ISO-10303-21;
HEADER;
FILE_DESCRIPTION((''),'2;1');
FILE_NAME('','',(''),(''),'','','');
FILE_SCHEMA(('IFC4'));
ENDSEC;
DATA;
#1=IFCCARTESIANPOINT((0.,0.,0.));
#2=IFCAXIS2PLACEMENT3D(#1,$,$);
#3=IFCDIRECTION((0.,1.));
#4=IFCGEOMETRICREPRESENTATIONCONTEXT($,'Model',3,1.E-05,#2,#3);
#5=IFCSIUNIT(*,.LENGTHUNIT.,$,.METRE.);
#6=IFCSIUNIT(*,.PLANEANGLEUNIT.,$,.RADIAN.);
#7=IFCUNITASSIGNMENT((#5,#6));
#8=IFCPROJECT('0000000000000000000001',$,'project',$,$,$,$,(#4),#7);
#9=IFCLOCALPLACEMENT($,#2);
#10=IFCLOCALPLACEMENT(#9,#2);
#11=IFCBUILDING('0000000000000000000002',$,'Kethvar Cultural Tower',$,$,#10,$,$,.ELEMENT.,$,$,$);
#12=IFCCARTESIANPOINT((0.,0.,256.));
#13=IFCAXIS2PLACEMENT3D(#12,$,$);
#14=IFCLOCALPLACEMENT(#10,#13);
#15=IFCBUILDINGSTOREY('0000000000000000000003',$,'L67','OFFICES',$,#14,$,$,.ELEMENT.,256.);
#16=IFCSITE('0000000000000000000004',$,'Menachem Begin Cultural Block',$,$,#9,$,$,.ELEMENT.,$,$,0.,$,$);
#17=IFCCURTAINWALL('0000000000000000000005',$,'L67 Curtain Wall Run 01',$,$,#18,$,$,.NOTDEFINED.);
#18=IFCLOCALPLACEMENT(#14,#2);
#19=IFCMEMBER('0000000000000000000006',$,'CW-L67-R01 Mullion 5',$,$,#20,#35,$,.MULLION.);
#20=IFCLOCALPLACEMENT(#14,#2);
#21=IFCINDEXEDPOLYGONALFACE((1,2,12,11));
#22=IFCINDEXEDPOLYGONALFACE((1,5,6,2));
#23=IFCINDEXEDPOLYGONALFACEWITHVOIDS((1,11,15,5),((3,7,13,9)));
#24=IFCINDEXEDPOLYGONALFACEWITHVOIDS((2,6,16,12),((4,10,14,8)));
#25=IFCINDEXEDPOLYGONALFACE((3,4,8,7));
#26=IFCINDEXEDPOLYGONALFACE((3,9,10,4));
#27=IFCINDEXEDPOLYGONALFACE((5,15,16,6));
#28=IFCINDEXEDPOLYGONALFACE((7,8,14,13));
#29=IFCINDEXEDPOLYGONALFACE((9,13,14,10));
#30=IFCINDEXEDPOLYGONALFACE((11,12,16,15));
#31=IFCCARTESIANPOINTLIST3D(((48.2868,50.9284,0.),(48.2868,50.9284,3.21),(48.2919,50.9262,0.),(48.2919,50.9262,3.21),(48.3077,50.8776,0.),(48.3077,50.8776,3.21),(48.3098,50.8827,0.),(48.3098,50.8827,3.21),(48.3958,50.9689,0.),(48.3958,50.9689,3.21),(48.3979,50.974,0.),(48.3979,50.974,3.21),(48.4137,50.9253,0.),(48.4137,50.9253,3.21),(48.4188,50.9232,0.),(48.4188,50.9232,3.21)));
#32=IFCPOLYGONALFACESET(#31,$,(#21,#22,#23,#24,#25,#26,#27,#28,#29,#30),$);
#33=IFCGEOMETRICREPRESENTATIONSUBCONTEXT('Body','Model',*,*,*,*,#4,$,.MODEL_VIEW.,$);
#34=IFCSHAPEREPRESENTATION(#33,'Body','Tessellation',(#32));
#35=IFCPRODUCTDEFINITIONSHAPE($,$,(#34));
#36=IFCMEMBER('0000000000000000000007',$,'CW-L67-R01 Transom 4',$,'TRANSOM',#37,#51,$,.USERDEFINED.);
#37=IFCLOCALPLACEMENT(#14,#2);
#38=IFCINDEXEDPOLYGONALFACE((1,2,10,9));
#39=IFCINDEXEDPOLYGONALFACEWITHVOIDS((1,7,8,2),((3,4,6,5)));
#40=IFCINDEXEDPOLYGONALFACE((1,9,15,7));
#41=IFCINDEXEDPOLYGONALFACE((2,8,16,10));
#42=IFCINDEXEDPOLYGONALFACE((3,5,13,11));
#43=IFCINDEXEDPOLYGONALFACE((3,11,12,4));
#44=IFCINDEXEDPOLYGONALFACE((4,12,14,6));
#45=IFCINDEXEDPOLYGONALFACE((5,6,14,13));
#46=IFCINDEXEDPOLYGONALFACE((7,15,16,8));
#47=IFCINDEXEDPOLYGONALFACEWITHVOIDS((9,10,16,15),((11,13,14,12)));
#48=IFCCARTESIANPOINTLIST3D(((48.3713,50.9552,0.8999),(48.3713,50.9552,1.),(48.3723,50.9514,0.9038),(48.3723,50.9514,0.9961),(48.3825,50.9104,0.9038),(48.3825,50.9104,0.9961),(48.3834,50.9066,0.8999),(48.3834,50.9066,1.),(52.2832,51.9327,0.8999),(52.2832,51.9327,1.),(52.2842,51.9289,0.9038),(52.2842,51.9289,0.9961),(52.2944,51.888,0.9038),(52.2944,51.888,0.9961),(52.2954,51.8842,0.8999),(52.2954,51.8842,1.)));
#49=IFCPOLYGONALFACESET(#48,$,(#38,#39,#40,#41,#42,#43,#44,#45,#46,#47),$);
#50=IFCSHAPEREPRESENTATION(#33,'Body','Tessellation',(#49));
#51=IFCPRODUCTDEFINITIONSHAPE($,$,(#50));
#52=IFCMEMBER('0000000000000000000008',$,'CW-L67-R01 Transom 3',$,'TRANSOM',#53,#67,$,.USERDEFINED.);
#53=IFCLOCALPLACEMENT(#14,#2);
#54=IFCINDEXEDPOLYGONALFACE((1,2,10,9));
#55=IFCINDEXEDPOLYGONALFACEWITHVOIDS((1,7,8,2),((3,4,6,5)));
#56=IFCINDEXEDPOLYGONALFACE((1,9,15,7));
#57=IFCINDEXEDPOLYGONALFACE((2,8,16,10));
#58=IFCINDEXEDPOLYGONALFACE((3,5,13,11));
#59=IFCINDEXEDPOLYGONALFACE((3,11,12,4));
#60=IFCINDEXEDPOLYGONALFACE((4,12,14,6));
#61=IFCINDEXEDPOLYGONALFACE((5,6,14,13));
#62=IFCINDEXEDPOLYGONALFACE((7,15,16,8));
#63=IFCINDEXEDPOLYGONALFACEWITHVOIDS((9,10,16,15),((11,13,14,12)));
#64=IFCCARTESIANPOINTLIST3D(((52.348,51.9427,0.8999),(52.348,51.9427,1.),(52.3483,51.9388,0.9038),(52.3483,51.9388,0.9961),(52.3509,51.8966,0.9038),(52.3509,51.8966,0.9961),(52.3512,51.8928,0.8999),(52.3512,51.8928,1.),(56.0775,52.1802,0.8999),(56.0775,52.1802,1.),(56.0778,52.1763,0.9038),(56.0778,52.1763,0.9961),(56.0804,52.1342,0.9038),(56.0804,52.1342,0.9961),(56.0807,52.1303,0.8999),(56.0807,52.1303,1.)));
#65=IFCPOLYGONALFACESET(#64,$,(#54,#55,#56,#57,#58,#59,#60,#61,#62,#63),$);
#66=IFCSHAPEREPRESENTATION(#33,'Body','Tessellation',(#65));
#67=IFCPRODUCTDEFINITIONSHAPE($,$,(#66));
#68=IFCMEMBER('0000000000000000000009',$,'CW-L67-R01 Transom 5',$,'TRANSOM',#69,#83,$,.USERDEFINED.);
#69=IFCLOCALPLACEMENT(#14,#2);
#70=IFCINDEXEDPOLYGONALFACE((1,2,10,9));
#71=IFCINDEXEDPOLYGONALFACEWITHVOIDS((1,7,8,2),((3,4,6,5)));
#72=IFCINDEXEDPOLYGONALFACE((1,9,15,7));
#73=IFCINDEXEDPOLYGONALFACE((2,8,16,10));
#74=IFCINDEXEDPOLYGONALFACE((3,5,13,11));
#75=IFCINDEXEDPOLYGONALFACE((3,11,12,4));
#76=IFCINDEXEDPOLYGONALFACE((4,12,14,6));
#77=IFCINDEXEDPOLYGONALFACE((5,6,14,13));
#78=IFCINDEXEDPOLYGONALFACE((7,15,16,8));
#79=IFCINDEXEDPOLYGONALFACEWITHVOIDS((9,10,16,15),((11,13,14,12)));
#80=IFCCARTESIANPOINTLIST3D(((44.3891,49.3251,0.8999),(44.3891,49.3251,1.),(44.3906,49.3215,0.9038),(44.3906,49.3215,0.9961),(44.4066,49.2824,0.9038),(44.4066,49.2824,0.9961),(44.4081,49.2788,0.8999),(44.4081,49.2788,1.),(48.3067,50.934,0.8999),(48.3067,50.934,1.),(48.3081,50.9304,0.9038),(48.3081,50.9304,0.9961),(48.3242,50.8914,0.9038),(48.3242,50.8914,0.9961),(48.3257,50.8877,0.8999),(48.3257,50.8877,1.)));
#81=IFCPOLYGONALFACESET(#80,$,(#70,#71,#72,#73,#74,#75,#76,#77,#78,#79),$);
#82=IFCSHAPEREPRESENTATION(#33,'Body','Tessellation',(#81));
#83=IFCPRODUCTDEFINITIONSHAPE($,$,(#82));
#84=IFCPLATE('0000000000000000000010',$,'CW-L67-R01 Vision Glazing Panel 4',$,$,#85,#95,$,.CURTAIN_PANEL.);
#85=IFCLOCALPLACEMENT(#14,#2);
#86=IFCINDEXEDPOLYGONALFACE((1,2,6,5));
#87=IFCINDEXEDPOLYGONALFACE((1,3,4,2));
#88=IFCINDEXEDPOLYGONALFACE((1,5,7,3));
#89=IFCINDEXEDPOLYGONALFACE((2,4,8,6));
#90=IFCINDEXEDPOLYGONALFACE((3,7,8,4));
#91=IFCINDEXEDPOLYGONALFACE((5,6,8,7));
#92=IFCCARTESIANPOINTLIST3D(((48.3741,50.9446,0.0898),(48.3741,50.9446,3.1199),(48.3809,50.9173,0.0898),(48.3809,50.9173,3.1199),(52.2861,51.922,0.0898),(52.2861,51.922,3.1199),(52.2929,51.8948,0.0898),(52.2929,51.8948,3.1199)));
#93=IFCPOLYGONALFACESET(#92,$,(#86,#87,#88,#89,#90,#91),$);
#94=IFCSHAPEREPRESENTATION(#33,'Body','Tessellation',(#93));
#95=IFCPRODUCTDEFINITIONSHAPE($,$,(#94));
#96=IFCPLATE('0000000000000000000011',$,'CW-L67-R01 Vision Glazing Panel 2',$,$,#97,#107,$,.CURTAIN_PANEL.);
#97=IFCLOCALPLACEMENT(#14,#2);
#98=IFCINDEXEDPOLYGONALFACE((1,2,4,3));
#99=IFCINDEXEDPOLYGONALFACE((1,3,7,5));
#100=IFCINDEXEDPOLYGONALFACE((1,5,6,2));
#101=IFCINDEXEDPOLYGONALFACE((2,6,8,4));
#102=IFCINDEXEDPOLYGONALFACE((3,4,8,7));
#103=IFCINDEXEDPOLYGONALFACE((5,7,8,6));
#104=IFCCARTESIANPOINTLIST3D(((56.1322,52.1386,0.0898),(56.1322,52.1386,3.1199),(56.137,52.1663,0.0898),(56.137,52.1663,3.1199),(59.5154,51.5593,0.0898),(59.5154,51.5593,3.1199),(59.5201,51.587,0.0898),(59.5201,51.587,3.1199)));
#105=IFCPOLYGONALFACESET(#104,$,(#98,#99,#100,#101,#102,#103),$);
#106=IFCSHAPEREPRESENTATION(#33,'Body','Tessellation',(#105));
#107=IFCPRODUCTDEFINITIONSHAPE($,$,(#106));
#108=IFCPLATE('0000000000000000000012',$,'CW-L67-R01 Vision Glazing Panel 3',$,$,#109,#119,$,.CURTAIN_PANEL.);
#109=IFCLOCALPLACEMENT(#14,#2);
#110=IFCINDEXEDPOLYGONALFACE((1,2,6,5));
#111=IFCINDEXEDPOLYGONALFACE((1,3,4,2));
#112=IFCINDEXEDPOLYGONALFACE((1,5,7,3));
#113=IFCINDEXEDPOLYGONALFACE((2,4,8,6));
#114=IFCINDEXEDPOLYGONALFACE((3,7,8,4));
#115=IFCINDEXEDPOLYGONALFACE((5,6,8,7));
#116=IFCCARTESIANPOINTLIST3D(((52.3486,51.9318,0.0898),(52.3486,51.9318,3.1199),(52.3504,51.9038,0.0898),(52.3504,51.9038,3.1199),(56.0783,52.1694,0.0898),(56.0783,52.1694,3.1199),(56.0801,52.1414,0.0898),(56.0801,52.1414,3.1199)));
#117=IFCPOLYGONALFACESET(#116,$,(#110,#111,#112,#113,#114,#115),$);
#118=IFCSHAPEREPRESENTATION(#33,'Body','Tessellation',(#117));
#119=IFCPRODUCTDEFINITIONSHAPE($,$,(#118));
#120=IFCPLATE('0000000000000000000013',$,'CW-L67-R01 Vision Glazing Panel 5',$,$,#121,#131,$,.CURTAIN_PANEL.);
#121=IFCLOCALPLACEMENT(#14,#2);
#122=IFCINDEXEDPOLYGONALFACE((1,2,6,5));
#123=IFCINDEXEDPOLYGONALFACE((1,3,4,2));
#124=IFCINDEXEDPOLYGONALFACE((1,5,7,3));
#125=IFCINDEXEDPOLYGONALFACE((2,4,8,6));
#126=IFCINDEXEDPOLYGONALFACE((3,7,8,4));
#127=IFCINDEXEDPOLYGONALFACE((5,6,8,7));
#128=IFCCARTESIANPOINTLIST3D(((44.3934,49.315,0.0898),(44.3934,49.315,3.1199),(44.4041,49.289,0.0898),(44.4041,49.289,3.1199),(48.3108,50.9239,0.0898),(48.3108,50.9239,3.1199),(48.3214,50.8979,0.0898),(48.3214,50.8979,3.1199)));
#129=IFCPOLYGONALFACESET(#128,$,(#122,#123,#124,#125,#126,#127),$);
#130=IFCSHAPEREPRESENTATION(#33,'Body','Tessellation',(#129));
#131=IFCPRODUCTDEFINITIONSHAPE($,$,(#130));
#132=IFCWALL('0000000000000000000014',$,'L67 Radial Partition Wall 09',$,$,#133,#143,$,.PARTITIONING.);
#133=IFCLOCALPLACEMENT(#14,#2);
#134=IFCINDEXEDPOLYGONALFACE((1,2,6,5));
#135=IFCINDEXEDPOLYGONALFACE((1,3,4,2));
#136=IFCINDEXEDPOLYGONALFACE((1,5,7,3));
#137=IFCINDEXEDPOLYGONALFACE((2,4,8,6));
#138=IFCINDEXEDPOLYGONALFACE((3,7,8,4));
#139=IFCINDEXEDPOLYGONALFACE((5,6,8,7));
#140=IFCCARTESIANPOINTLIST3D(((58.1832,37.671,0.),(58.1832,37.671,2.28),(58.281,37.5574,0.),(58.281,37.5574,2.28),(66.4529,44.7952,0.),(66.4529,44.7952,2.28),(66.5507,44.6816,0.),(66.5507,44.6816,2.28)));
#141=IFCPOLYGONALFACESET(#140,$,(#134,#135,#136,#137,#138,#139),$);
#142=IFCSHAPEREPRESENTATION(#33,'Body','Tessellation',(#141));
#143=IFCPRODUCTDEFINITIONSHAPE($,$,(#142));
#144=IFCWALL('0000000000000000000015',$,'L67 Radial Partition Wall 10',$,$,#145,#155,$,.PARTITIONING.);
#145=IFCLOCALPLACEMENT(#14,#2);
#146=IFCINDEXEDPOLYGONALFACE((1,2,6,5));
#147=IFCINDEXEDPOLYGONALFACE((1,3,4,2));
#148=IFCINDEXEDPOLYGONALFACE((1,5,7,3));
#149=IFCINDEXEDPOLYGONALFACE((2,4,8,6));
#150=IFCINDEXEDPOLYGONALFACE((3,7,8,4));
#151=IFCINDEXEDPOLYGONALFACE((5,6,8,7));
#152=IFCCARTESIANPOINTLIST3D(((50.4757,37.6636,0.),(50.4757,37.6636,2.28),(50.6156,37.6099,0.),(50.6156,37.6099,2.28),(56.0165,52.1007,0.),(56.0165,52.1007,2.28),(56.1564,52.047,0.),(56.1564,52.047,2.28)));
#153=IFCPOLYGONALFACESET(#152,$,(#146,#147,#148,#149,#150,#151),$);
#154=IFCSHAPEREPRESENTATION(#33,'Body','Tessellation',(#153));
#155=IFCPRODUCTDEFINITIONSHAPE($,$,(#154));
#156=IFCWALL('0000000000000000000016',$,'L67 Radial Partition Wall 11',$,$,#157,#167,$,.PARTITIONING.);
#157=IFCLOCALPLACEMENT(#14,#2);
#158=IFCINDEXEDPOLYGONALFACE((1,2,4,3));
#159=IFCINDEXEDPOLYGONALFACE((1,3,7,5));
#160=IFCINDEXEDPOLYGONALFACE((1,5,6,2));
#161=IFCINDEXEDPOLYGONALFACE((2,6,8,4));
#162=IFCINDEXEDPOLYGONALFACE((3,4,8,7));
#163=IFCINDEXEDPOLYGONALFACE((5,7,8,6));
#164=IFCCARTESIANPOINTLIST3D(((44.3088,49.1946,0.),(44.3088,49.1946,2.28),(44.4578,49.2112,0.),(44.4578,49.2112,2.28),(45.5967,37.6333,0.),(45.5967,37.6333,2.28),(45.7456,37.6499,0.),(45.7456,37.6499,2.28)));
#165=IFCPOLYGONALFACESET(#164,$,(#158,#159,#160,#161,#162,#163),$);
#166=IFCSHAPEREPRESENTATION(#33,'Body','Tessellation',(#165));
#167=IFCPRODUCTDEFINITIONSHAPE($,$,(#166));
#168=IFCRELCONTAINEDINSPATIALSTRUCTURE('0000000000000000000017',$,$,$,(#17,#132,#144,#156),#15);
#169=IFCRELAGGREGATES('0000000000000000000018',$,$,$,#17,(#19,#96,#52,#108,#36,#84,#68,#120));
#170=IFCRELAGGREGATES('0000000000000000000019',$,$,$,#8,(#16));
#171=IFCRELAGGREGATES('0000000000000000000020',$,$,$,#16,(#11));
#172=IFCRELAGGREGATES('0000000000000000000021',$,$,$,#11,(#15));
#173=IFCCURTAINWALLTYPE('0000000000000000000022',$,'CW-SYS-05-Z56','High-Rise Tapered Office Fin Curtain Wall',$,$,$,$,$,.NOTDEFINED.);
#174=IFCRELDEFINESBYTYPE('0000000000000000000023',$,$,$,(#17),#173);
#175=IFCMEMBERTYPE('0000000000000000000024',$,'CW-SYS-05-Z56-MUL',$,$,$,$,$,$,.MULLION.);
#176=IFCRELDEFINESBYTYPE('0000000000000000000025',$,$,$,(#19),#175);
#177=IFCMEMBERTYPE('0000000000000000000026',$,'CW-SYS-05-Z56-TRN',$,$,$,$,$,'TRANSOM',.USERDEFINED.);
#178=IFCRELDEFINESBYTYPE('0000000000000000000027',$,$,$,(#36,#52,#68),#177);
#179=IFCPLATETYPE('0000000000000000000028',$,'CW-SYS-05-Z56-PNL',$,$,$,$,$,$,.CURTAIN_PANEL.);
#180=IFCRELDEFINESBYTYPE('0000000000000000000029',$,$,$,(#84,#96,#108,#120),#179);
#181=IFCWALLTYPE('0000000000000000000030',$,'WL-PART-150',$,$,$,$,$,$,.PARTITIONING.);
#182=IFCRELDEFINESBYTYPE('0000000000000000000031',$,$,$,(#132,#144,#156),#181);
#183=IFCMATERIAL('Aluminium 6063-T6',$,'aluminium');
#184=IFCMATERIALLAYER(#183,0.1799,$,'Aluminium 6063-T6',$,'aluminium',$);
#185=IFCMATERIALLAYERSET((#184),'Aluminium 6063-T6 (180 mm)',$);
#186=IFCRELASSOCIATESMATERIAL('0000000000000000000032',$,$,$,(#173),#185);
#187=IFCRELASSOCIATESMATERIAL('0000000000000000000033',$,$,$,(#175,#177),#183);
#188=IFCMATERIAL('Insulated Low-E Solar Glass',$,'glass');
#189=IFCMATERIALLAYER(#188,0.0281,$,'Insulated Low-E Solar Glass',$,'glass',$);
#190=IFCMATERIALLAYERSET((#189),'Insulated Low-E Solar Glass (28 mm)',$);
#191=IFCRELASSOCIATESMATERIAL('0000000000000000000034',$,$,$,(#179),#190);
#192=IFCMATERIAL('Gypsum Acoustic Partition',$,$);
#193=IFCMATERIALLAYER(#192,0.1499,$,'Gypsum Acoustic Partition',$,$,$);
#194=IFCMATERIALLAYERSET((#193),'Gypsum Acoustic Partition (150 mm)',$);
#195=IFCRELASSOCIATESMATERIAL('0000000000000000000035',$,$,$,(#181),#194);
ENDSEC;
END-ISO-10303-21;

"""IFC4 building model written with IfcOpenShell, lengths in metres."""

from ifc_helpers import new_model, si_unit, direction, frame, frame_2d, origin, origin_2d, place, context, subcontext, project, spatial, rectangle, hollow_rectangle, extrude, source, transform, mapped, material, layer, layer_set, material_profile, profile_set, type_object, element, aggregate, save


model = new_model("IFC4")

# Units and contexts
model_context = context("Model", 3, precision=1e-05, world=origin(), true_north=direction((0.0, 1.0)))
body_context = subcontext(model_context, "Body", "Model", "MODEL_VIEW")
ifc_project = project(units=[si_unit("LENGTHUNIT", "METRE"), si_unit("PLANEANGLEUNIT", "RADIAN")], contexts=[model_context])

# Site, building, storey
site_placement = place(None, origin())
site = spatial("IfcSite", under=ifc_project, at=site_placement, Name="Menachem Begin Cultural Block", CompositionType="ELEMENT", RefElevation=0.0)
building_placement = place(site_placement, origin())
building = spatial("IfcBuilding", under=site, at=building_placement, Name="Kethvar Cultural Tower", CompositionType="ELEMENT")
storey_placement = place(building_placement, frame((0.0, 0.0, 256.0)))
storey = spatial("IfcBuildingStorey", under=building, at=storey_placement, Name="L67", Description="OFFICES", CompositionType="ELEMENT", Elevation=256.0)

# Curtain wall, members, plates
ifc_material_1 = material(Name="Aluminium 6063-T6", Category="aluminium")
ifc_layer_1 = layer(ifc_material_1, 0.1799, Name="Aluminium 6063-T6", Category="aluminium")
ifc_layer_set_1 = layer_set([ifc_layer_1], Name="Aluminium 6063-T6 (180 mm)")
curtain_wall_type = type_object("IfcCurtainWallType", Name="CW-SYS-05-Z56", Description="High-Rise Tapered Office Fin Curtain Wall", PredefinedType="NOTDEFINED", material=ifc_layer_set_1)
curtain_wall_placement = place(storey_placement, origin())
curtain_wall = element("IfcCurtainWall", 1, at=curtain_wall_placement, inside=storey, type_object=curtain_wall_type, Name="L67 Curtain Wall Run 01", PredefinedType="NOTDEFINED")
ifc_material_profile_1 = material_profile(ifc_material_1, hollow_rectangle(XDim=0.0549, YDim=0.1201, WallThickness=0.0039, at=origin_2d()), Name="Aluminium 6063-T6 — RHS120x55x4")
ifc_profile_set_1 = profile_set([ifc_material_profile_1], Name="Aluminium 6063-T6 — RHS120x55x4")
member_type_1 = type_object("IfcMemberType", Name="CW-SYS-05-Z56-MUL", PredefinedType="MULLION", material=ifc_profile_set_1)
shared_shape_1 = source(origin(), body_context, "Body", "SweptSolid", [
    extrude(hollow_rectangle(XDim=0.0549, YDim=0.1201, WallThickness=0.0039, at=origin_2d()), origin(), (0.0, 0.0, 1.0), 3.21),
])
member_1_placement = place(storey_placement, frame((48.3528, 50.9258, 0.0), z_axis=(0.0, 0.0, 1.0), x_axis=(0.379908, -0.925024, 0.0)))
member_1 = element("IfcMember", 2, at=member_1_placement, type_object=member_type_1, Name="CW-L67-R01 Mullion 5", PredefinedType="MULLION", context=body_context, shape_type="MappedRepresentation", body=[
    mapped(shared_shape_1, transform((0.0, 0.0, 0.0), scale=1.0)),
])
ifc_material_profile_2 = material_profile(ifc_material_1, hollow_rectangle(XDim=0.05, YDim=0.1001, WallThickness=0.0039, at=origin_2d()), Name="Aluminium 6063-T6 — RHS100x50x4")
ifc_profile_set_2 = profile_set([ifc_material_profile_2], Name="Aluminium 6063-T6 — RHS100x50x4")
member_type_2 = type_object("IfcMemberType", Name="CW-SYS-05-Z56-TRN", ElementType="TRANSOM", PredefinedType="USERDEFINED", material=ifc_profile_set_2)
shared_shape_2 = source(origin(), body_context, "Body", "SweptSolid", [
    extrude(hollow_rectangle(XDim=0.05, YDim=0.1001, WallThickness=0.0039, at=origin_2d()), origin(), (0.0, 0.0, 1.0), 4.0322),
])
member_2_placement = place(storey_placement, frame((52.2893, 51.9084, 0.95), z_axis=(-0.970167, -0.242436, 0.0), x_axis=(0.242436, -0.970167, 0.0)))
member_2 = element("IfcMember", 3, at=member_2_placement, type_object=member_type_2, Name="CW-L67-R01 Transom 4", ObjectType="TRANSOM", PredefinedType="USERDEFINED", context=body_context, shape_type="MappedRepresentation", body=[
    mapped(shared_shape_2, transform((0.0, 0.0, 0.0), scale=1.0)),
])
shared_shape_3 = source(origin(), body_context, "Body", "SweptSolid", [
    extrude(hollow_rectangle(XDim=0.05, YDim=0.1001, WallThickness=0.0039, at=origin_2d()), origin(), (0.0, 0.0, 1.0), 3.7371),
])
member_3_placement = place(storey_placement, frame((56.0791, 52.1553, 0.95), z_axis=(-0.997978, -0.063566, 0.0), x_axis=(0.063566, -0.997978, 0.0)))
member_3 = element("IfcMember", 4, at=member_3_placement, type_object=member_type_2, Name="CW-L67-R01 Transom 3", ObjectType="TRANSOM", PredefinedType="USERDEFINED", context=body_context, shape_type="MappedRepresentation", body=[
    mapped(shared_shape_3, transform((0.0, 0.0, 0.0), scale=1.0)),
])
shared_shape_4 = source(origin(), body_context, "Body", "SweptSolid", [
    extrude(hollow_rectangle(XDim=0.05, YDim=0.1001, WallThickness=0.0039, at=origin_2d()), origin(), (0.0, 0.0, 1.0), 4.2351),
])
member_4_placement = place(storey_placement, frame((48.3162, 50.9109, 0.95), z_axis=(-0.925026, -0.379903, 0.0), x_axis=(0.379903, -0.925026, 0.0)))
member_4 = element("IfcMember", 5, at=member_4_placement, type_object=member_type_2, Name="CW-L67-R01 Transom 5", ObjectType="TRANSOM", PredefinedType="USERDEFINED", context=body_context, shape_type="MappedRepresentation", body=[
    mapped(shared_shape_4, transform((0.0, 0.0, 0.0), scale=1.0)),
])
ifc_material_2 = material(Name="Insulated Low-E Solar Glass", Category="glass")
ifc_layer_2 = layer(ifc_material_2, 0.0281, Name="Insulated Low-E Solar Glass", Category="glass")
ifc_layer_set_2 = layer_set([ifc_layer_2], Name="Insulated Low-E Solar Glass (28 mm)")
plate_type = type_object("IfcPlateType", Name="CW-SYS-05-Z56-PNL", PredefinedType="CURTAIN_PANEL", material=ifc_layer_set_2)
shared_shape_5 = source(origin(), body_context, "Body", "SweptSolid", [
    extrude(rectangle(XDim=4.0322, YDim=0.0281, at=origin_2d()), origin(), (0.0, 0.0, 1.0), 3.03),
])
plate_1_placement = place(storey_placement, frame((50.3335, 51.4197, 0.0898), z_axis=(0.0, 0.0, 1.0), x_axis=(-0.970173, -0.242413, 0.0)))
plate_1 = element("IfcPlate", 6, at=plate_1_placement, type_object=plate_type, Name="CW-L67-R01 Vision Glazing Panel 4", PredefinedType="CURTAIN_PANEL", context=body_context, shape_type="MappedRepresentation", body=[
    mapped(shared_shape_5, transform((0.0, 0.0, 0.0), scale=1.0)),
])
shared_shape_6 = source(origin(), body_context, "Body", "SweptSolid", [
    extrude(rectangle(XDim=3.4324, YDim=0.0281, at=origin_2d()), origin(), (0.0, 0.0, 1.0), 3.03),
])
plate_2_placement = place(storey_placement, frame((57.8262, 51.8628, 0.0898), z_axis=(0.0, 0.0, 1.0), x_axis=(-0.985656, 0.168765, 0.0)))
plate_2 = element("IfcPlate", 7, at=plate_2_placement, type_object=plate_type, Name="CW-L67-R01 Vision Glazing Panel 2", PredefinedType="CURTAIN_PANEL", context=body_context, shape_type="MappedRepresentation", body=[
    mapped(shared_shape_6, transform((0.0, 0.0, 0.0), scale=1.0)),
])
shared_shape_7 = source(origin(), body_context, "Body", "SweptSolid", [
    extrude(rectangle(XDim=3.7373, YDim=0.0281, at=origin_2d()), origin(), (0.0, 0.0, 1.0), 3.03),
])
plate_3_placement = place(storey_placement, frame((54.2144, 52.0366, 0.0898), z_axis=(0.0, 0.0, 1.0), x_axis=(-0.997977, -0.063574, 0.0)))
plate_3 = element("IfcPlate", 8, at=plate_3_placement, type_object=plate_type, Name="CW-L67-R01 Vision Glazing Panel 3", PredefinedType="CURTAIN_PANEL", context=body_context, shape_type="MappedRepresentation", body=[
    mapped(shared_shape_7, transform((0.0, 0.0, 0.0), scale=1.0)),
])
shared_shape_8 = source(origin(), body_context, "Body", "SweptSolid", [
    extrude(rectangle(XDim=4.2349, YDim=0.0281, at=origin_2d()), origin(), (0.0, 0.0, 1.0), 3.03),
])
plate_4_placement = place(storey_placement, frame((46.3574, 50.1064, 0.0898), z_axis=(0.0, 0.0, 1.0), x_axis=(-0.925024, -0.379908, 0.0)))
plate_4 = element("IfcPlate", 9, at=plate_4_placement, type_object=plate_type, Name="CW-L67-R01 Vision Glazing Panel 5", PredefinedType="CURTAIN_PANEL", context=body_context, shape_type="MappedRepresentation", body=[
    mapped(shared_shape_8, transform((0.0, 0.0, 0.0), scale=1.0)),
])
aggregate(curtain_wall, [member_1, plate_2, member_3, plate_3, member_2, plate_1, member_4, plate_4])

# Walls
ifc_material_3 = material(Name="Gypsum Acoustic Partition")
ifc_layer_3 = layer(ifc_material_3, 0.1499, Name="Gypsum Acoustic Partition")
ifc_layer_set_3 = layer_set([ifc_layer_3], Name="Gypsum Acoustic Partition (150 mm)")
wall_type = type_object("IfcWallType", Name="WL-PART-150", PredefinedType="PARTITIONING", material=ifc_layer_set_3)
wall_1_placement = place(storey_placement, frame((58.2322, 37.6143, 0.0), z_axis=(0.0, 0.0, 1.0), x_axis=(0.75763, 0.652685, 0.0)))
element("IfcWall", 10, at=wall_1_placement, inside=storey, type_object=wall_type, Name="L67 Radial Partition Wall 09", PredefinedType="PARTITIONING", context=body_context, shape_type="SweptSolid", body=[
    extrude(rectangle(XDim=10.9153, YDim=0.1499, at=frame_2d((5.4575, 0.0))), origin(), (0.0, 0.0, 1.0), 2.28),
])
wall_2_placement = place(storey_placement, frame((50.5457, 37.6367, 0.0), z_axis=(0.0, 0.0, 1.0), x_axis=(0.358307, 0.933604, 0.0)))
element("IfcWall", 11, at=wall_2_placement, inside=storey, type_object=wall_type, Name="L67 Radial Partition Wall 10", PredefinedType="PARTITIONING", context=body_context, shape_type="SweptSolid", body=[
    extrude(rectangle(XDim=15.4639, YDim=0.1499, at=frame_2d((7.7319, 0.0))), origin(), (0.0, 0.0, 1.0), 2.28),
])
wall_3_placement = place(storey_placement, frame((45.6711, 37.6416, 0.0), z_axis=(0.0, 0.0, 1.0), x_axis=(-0.110708, 0.993853, 0.0)))
element("IfcWall", 12, at=wall_3_placement, inside=storey, type_object=wall_type, Name="L67 Radial Partition Wall 11", PredefinedType="PARTITIONING", context=body_context, shape_type="SweptSolid", body=[
    extrude(rectangle(XDim=11.6328, YDim=0.1499, at=frame_2d((5.8164, 0.0))), origin(), (0.0, 0.0, 1.0), 2.28),
])

save(model, "model.ifc")
